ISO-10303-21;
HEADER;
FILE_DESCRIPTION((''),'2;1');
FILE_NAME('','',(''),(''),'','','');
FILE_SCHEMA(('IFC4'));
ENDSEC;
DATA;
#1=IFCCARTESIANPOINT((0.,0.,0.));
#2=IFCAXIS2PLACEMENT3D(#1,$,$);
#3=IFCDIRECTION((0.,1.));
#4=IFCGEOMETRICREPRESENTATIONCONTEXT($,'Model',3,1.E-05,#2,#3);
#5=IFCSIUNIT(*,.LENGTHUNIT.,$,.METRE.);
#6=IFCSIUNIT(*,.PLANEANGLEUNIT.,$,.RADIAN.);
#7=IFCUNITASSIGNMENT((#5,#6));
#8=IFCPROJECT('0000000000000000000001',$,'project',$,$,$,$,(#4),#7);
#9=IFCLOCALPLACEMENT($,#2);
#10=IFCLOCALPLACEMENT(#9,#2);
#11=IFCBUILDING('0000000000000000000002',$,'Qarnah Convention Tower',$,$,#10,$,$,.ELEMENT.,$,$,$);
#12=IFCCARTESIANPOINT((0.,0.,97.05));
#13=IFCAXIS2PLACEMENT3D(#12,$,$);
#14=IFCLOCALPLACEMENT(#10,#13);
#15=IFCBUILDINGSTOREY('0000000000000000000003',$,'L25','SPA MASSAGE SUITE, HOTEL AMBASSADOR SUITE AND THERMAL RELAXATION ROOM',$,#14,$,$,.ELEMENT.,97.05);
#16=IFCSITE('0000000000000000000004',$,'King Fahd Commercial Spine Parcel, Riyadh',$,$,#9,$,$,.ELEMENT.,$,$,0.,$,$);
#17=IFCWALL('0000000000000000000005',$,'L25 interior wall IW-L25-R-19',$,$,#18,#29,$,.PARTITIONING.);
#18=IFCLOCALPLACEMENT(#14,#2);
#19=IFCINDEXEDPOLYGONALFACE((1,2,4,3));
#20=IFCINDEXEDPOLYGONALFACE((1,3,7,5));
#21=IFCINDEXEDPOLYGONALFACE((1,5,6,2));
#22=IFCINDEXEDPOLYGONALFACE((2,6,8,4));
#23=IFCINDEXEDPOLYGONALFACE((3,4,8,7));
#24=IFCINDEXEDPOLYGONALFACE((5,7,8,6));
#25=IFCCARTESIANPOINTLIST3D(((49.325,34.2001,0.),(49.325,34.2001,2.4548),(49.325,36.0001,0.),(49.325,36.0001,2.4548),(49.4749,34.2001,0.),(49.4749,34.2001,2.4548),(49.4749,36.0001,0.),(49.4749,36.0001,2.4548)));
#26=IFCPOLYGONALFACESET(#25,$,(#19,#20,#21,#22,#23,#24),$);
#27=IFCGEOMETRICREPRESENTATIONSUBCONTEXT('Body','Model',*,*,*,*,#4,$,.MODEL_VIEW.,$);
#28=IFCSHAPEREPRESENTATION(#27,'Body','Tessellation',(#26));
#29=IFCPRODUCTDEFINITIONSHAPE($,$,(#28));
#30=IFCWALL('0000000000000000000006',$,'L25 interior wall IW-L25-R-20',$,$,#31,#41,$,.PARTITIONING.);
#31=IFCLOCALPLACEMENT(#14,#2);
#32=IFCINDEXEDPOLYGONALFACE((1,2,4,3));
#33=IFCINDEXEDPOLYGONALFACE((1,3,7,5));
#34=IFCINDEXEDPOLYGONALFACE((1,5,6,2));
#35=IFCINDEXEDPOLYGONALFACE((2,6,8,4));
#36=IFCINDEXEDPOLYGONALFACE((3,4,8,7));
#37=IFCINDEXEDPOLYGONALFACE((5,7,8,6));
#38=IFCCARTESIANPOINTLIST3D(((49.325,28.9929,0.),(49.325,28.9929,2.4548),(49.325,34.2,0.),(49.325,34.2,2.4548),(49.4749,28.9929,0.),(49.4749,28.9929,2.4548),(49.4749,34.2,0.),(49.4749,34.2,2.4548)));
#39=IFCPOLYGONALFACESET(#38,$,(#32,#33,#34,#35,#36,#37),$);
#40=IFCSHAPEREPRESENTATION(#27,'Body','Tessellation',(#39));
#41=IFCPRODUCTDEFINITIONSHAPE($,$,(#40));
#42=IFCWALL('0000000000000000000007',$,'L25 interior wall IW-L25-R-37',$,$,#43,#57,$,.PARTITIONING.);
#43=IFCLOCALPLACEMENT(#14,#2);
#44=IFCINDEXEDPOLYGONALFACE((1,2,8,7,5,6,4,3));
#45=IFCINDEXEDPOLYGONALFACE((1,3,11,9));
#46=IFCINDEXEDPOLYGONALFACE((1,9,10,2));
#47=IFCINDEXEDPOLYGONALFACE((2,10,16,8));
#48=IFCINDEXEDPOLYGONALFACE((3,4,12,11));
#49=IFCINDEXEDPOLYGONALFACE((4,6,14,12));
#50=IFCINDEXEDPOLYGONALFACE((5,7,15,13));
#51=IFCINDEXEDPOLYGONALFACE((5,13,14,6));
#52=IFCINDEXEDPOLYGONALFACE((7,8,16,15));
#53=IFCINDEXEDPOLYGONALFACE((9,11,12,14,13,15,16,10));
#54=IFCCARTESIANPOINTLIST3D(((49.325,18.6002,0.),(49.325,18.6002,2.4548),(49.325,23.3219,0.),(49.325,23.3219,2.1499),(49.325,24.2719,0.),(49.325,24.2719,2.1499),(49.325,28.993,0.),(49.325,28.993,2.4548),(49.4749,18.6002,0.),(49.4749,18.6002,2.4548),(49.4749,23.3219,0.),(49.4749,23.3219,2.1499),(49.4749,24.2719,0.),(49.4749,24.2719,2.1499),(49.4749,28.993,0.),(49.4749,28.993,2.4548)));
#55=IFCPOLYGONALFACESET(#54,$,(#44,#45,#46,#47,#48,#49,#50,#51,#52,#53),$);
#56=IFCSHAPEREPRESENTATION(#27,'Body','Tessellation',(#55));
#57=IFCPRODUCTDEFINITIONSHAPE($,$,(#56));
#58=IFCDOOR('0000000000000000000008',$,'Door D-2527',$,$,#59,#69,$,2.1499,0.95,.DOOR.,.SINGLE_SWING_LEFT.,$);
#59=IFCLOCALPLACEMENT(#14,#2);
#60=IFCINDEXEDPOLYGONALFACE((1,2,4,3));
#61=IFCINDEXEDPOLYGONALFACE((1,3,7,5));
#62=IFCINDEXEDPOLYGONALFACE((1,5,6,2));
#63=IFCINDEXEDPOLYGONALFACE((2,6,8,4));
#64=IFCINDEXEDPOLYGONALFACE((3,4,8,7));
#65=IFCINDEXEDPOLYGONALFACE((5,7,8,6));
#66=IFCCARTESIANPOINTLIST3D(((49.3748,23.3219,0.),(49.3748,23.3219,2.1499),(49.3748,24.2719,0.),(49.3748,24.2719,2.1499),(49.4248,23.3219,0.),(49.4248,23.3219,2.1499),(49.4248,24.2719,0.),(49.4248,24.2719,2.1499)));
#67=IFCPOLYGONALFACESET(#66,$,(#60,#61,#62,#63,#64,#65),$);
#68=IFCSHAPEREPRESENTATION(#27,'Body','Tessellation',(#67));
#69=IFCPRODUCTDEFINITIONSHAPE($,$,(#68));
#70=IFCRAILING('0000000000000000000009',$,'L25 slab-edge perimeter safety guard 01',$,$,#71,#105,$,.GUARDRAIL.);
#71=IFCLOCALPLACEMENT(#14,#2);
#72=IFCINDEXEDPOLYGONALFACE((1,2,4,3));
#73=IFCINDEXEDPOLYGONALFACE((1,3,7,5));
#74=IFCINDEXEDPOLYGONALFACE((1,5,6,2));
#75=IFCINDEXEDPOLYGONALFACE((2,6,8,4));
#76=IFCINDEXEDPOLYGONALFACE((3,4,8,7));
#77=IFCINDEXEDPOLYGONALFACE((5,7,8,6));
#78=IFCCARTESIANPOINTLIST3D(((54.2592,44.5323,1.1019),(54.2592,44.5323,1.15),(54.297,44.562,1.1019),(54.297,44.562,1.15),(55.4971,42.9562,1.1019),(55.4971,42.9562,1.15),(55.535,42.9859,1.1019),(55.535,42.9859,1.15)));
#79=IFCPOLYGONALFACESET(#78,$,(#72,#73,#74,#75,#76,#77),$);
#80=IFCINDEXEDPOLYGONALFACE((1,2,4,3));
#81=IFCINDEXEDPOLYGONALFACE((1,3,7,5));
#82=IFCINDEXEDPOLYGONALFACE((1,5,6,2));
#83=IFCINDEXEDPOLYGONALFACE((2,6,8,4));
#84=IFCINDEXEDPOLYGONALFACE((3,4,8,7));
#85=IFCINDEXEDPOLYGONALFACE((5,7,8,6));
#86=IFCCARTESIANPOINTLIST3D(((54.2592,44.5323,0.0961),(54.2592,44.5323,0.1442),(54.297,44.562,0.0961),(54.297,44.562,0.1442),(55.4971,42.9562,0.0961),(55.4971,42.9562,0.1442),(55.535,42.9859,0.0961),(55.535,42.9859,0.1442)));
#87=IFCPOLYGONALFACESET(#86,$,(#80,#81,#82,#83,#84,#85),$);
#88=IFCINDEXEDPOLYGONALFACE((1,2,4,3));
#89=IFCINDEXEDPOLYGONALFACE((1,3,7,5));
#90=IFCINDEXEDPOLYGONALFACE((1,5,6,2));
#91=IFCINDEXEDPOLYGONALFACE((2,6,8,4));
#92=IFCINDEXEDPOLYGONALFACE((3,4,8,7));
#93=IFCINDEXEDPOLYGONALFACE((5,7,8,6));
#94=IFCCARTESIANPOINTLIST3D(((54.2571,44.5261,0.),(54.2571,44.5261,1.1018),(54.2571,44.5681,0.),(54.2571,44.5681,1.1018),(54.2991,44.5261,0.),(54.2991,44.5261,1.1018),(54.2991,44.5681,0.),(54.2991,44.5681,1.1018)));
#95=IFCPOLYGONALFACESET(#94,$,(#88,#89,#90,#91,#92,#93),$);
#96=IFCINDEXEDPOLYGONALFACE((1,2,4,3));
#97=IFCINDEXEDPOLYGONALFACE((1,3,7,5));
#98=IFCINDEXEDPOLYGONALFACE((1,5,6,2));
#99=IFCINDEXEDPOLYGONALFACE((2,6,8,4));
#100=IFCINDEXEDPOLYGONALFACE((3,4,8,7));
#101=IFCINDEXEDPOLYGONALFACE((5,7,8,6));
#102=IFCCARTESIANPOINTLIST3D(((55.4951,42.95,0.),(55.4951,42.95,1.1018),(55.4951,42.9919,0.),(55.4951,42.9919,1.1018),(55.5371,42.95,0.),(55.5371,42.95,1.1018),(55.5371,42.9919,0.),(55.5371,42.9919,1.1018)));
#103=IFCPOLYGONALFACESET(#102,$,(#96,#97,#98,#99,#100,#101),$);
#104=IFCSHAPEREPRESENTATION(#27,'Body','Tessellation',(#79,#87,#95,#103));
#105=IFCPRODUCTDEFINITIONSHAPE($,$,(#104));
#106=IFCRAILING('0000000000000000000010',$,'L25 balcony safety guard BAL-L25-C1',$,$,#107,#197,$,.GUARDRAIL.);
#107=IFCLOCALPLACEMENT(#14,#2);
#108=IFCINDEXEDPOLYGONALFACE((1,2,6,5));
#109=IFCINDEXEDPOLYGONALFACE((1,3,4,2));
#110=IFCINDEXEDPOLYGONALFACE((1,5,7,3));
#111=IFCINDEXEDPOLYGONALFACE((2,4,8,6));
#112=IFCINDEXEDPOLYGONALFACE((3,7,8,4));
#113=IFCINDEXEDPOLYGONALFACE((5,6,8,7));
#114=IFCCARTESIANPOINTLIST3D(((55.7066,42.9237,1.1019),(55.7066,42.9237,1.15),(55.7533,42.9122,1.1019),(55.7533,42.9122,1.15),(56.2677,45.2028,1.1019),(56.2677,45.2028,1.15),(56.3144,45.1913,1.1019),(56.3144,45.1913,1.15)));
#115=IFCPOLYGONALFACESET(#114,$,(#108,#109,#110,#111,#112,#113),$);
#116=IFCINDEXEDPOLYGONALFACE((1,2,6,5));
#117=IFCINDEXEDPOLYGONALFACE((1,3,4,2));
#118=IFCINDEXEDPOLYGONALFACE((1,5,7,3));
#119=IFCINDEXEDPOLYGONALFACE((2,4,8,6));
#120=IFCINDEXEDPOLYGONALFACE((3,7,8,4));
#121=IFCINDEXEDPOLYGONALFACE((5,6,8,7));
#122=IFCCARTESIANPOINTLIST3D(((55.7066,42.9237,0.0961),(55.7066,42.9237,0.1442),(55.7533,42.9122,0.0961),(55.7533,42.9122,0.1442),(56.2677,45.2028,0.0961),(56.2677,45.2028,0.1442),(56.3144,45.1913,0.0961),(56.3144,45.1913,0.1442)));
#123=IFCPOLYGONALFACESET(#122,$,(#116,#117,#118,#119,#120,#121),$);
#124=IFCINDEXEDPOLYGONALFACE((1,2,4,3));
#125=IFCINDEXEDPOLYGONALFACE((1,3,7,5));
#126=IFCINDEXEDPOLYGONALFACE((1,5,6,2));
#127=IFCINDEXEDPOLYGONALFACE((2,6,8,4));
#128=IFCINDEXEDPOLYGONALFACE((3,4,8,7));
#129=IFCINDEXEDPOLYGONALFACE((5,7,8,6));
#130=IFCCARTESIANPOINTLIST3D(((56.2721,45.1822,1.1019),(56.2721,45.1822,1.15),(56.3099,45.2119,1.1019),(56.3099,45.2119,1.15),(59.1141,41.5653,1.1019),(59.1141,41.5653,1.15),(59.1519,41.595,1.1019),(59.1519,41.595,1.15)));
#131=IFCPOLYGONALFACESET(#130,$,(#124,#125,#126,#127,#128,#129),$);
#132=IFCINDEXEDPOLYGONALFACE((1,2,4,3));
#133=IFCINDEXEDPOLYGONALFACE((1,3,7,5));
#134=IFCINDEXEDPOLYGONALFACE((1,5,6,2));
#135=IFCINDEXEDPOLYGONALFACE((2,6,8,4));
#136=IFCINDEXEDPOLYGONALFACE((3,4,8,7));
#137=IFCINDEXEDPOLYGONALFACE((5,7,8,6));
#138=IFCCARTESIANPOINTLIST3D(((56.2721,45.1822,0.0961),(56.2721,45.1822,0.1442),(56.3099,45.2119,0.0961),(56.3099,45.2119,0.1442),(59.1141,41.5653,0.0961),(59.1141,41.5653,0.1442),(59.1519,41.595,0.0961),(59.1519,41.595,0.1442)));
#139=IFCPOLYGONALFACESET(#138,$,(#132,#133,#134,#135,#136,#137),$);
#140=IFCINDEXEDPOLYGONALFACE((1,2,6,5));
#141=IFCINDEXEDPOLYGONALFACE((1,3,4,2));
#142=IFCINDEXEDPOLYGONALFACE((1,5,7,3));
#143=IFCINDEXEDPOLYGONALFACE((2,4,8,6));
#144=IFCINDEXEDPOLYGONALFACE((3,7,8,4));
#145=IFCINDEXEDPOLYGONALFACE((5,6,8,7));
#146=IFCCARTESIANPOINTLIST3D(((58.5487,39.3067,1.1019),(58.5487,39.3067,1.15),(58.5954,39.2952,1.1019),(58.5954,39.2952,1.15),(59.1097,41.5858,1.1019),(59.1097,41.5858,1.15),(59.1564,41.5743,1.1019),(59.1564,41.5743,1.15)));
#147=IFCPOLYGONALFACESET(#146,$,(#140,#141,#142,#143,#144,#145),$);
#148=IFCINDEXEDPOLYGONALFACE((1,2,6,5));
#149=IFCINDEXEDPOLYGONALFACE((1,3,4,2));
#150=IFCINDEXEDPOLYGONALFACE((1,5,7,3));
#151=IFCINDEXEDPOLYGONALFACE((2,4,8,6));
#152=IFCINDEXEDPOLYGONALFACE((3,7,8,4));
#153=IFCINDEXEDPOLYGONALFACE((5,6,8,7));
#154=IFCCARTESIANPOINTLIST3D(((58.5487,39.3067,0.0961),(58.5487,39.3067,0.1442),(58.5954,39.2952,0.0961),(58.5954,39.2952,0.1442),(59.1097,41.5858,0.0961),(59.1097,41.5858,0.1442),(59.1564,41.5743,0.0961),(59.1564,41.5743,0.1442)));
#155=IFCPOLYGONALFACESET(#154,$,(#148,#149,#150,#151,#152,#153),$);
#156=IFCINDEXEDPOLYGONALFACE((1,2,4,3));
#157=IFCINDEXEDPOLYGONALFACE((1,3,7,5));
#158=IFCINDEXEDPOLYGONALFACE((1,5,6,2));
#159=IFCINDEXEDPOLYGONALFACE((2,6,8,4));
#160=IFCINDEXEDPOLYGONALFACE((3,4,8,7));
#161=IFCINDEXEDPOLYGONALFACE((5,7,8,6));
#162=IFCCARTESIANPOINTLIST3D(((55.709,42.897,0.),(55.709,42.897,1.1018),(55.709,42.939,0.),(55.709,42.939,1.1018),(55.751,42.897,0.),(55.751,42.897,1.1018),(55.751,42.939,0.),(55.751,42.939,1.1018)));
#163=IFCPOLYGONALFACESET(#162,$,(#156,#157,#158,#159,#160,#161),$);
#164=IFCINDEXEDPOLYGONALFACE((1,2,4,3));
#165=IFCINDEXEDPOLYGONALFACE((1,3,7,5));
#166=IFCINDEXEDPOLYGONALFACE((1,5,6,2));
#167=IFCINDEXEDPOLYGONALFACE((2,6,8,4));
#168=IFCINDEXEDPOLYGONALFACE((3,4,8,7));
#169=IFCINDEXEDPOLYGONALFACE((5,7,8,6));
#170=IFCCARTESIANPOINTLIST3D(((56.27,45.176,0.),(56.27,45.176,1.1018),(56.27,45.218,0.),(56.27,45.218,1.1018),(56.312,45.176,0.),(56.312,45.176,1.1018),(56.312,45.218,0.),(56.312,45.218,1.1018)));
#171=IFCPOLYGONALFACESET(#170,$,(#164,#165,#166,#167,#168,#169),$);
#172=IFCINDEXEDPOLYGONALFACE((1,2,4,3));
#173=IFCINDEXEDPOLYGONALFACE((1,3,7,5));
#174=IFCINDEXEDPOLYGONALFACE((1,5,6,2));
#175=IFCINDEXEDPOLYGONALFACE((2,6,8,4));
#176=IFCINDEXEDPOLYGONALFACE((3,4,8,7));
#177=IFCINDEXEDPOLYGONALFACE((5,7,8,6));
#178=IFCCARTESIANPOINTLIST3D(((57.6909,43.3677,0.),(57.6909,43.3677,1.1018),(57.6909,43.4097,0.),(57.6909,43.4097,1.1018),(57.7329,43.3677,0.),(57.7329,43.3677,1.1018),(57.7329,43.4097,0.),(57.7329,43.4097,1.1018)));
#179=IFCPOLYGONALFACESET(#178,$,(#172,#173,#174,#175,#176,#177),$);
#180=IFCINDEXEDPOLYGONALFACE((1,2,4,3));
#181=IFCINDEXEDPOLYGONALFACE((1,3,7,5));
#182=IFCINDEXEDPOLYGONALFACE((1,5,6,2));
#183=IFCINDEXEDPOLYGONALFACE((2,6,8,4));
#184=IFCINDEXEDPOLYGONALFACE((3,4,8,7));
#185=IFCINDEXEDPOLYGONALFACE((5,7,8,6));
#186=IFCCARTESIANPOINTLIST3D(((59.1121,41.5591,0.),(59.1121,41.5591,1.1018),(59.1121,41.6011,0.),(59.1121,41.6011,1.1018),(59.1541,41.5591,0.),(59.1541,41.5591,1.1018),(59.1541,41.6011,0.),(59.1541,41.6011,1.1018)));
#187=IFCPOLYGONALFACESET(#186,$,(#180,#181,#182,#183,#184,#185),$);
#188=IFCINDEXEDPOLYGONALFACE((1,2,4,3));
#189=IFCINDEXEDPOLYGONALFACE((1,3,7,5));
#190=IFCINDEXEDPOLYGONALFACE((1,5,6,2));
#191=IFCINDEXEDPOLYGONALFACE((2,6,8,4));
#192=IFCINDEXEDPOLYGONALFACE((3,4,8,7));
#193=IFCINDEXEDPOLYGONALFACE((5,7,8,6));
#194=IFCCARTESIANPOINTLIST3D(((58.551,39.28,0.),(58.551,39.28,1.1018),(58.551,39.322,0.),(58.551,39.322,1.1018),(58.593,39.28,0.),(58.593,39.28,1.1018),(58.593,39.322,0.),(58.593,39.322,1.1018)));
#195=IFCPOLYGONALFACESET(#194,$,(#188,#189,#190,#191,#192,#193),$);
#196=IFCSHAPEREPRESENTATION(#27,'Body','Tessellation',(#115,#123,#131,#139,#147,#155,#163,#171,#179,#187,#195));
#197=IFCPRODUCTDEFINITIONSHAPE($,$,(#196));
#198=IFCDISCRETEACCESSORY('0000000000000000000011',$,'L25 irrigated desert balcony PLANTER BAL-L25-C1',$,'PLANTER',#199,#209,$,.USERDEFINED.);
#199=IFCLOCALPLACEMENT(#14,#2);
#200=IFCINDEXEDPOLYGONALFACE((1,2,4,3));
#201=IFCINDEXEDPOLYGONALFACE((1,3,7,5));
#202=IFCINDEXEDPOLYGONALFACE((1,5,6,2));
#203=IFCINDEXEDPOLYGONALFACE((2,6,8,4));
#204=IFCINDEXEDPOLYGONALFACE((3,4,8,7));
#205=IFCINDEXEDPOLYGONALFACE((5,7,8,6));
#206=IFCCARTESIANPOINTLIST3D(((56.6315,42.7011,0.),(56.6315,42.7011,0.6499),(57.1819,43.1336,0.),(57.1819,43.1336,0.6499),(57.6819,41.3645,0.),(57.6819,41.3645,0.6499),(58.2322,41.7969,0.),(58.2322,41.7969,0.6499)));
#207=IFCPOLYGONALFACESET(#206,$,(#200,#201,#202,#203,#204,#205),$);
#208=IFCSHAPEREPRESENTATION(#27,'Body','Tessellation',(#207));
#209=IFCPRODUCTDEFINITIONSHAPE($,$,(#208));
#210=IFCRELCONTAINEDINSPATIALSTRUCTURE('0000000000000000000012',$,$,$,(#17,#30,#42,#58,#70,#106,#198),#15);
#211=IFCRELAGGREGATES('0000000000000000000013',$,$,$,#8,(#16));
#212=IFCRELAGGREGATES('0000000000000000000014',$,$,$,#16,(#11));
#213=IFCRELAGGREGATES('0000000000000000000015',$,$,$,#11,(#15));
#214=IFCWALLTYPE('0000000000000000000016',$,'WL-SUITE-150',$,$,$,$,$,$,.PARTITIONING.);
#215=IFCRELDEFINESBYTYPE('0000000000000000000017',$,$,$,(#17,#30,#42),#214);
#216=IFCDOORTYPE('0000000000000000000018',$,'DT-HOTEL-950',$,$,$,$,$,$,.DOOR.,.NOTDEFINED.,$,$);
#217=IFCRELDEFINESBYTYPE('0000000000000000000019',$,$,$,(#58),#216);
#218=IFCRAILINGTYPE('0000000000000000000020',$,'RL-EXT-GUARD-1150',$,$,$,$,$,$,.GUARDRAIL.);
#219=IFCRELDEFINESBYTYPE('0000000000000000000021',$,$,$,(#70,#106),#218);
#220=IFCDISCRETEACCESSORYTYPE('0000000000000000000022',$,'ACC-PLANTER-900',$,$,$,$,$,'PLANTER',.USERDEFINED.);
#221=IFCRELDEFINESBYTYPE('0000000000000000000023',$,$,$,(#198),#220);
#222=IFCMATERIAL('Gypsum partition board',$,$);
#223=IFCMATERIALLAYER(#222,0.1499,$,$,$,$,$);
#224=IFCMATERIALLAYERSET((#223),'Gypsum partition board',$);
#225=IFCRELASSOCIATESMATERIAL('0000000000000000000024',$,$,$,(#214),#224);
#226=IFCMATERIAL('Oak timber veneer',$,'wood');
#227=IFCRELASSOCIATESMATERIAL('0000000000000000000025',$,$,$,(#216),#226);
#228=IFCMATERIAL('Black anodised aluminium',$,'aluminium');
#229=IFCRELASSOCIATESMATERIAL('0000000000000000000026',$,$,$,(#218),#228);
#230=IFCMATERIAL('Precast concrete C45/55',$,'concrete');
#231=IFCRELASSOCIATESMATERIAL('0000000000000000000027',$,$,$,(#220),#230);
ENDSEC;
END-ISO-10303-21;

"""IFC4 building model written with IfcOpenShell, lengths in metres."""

from ifc_helpers import new_model, si_unit, direction, frame, frame_2d, origin, origin_2d, place, context, subcontext, project, spatial, rectangle, extrude, material, layer, layer_set, type_object, element, fill, save


model = new_model("IFC4")

# Units and contexts
model_context = context("Model", 3, precision=1e-05, world=origin(), true_north=direction((0.0, 1.0)))
body_context = subcontext(model_context, "Body", "Model", "MODEL_VIEW")
ifc_project = project(units=[si_unit("LENGTHUNIT", "METRE"), si_unit("PLANEANGLEUNIT", "RADIAN")], contexts=[model_context])

# Site, building, storey
site_placement = place(None, origin())
site = spatial("IfcSite", under=ifc_project, at=site_placement, Name="King Fahd Commercial Spine Parcel, Riyadh", CompositionType="ELEMENT", RefElevation=0.0)
building_placement = place(site_placement, origin())
building = spatial("IfcBuilding", under=site, at=building_placement, Name="Qarnah Convention Tower", CompositionType="ELEMENT")
storey_placement = place(building_placement, frame((0.0, 0.0, 97.05)))
storey = spatial("IfcBuildingStorey", under=building, at=storey_placement, Name="L25", Description="SPA MASSAGE SUITE, HOTEL AMBASSADOR SUITE AND THERMAL RELAXATION ROOM", CompositionType="ELEMENT", Elevation=97.05)

# Shared definitions
ifc_material_1 = material(Name="Black anodised aluminium", Category="aluminium")

# Shared definitions
ifc_material_2 = material(Name="Precast concrete C45/55", Category="concrete")

# Shared definitions
ifc_material_3 = material(Name="Gypsum partition board")
ifc_layer_1 = layer(ifc_material_3, 0.1499)
ifc_layer_set_1 = layer_set([ifc_layer_1], Name="Gypsum partition board")
wall_type_1 = type_object("IfcWallType", Name="WL-SUITE-150", PredefinedType="PARTITIONING", material=ifc_layer_set_1)

# Walls
wall_1_placement = place(storey_placement, frame((49.3999, 36.0, 0.0), z_axis=(0.0, 0.0, 1.0), x_axis=(0.0, -1.0, 0.0)))
element("IfcWall", 1, at=wall_1_placement, inside=storey, type_object=wall_type_1, Name="L25 interior wall IW-L25-R-19", PredefinedType="PARTITIONING", context=body_context, shape_type="SweptSolid", body=[
    extrude(rectangle(XDim=1.8, YDim=0.1499, at=frame_2d((0.8999, 0.0))), origin(), (0.0, 0.0, 1.0), 2.4548),
])
wall_2_placement = place(storey_placement, frame((49.3999, 34.2, 0.0), z_axis=(0.0, 0.0, 1.0), x_axis=(0.0, -1.0, 0.0)))
element("IfcWall", 2, at=wall_2_placement, inside=storey, type_object=wall_type_1, Name="L25 interior wall IW-L25-R-20", PredefinedType="PARTITIONING", context=body_context, shape_type="SweptSolid", body=[
    extrude(rectangle(XDim=5.207, YDim=0.1499, at=frame_2d((2.6035, 0.0))), origin(), (0.0, 0.0, 1.0), 2.4548),
])

# Wall, opening, door
wall_3_placement = place(storey_placement, frame((49.3999, 28.9929, 0.0), z_axis=(0.0, 0.0, 1.0), x_axis=(0.0, -1.0, 0.0)))
wall_3 = element("IfcWall", 3, at=wall_3_placement, inside=storey, type_object=wall_type_1, Name="L25 interior wall IW-L25-R-37", PredefinedType="PARTITIONING", context=body_context, shape_type="SweptSolid", body=[
    extrude(rectangle(XDim=10.3928, YDim=0.1499, at=frame_2d((5.1963, 0.0))), origin(), (0.0, 0.0, 1.0), 2.4548),
])
opening_1_placement = place(wall_3_placement, frame((4.7209, 0.0, 0.0)))
opening_1 = element("IfcOpeningElement", 4, at=opening_1_placement, cuts=wall_3, PredefinedType="OPENING", context=body_context, shape_type="SweptSolid", body=[
    extrude(rectangle(XDim=0.95, YDim=2.1499, at=frame_2d((0.4751, 1.075))), frame((0.0, 0.085, 0.0), z_axis=(0.0, -1.0, 0.0), x_axis=(1.0, 0.0, 0.0)), (0.0, 0.0, 1.0), 0.1699),
])
ifc_material_4 = material(Name="Oak timber veneer", Category="wood")
door_type_1 = type_object("IfcDoorType", Name="DT-HOTEL-950", OperationType="NOTDEFINED", PredefinedType="DOOR", material=ifc_material_4)
door_1_placement = place(opening_1_placement, origin())
door_1 = element("IfcDoor", 5, at=door_1_placement, inside=storey, type_object=door_type_1, Name="Door D-2527", OperationType="SINGLE_SWING_LEFT", OverallHeight=2.1499, OverallWidth=0.95, PredefinedType="DOOR", context=body_context, shape_type="SweptSolid", body=[
    extrude(rectangle(XDim=0.95, YDim=2.1499, at=frame_2d((0.4751, 1.075))), frame((0.0, 0.0249, 0.0), z_axis=(0.0, -1.0, 0.0), x_axis=(1.0, 0.0, 0.0)), (0.0, 0.0, 1.0), 0.05),
])
fill(opening_1, door_1)

# Railings
railing_type = type_object("IfcRailingType", Name="RL-EXT-GUARD-1150", PredefinedType="GUARDRAIL", material=ifc_material_1)
railing_1_placement = place(storey_placement, frame((54.2781, 44.5471, 0.0)))
element("IfcRailing", 6, at=railing_1_placement, inside=storey, type_object=railing_type, Name="L25 slab-edge perimeter safety guard 01", PredefinedType="GUARDRAIL", context=body_context, shape_type="SweptSolid", body=[
    extrude(rectangle(XDim=0.0481, YDim=0.0481, at=origin_2d()), frame((0.0, 0.0, 1.126), z_axis=(0.617703, -0.786411, 0.0), x_axis=(0.786411, 0.617703, 0.0)), (0.0, 0.0, 1.0), 2.0042),
    extrude(rectangle(XDim=0.0481, YDim=0.0481, at=origin_2d()), frame((0.0, 0.0, 0.1201), z_axis=(0.617703, -0.786411, 0.0), x_axis=(0.786411, 0.617703, 0.0)), (0.0, 0.0, 1.0), 2.0042),
    extrude(rectangle(XDim=0.042, YDim=0.042, at=origin_2d()), origin(), (0.0, 0.0, 1.0), 1.1018),
    extrude(rectangle(XDim=0.042, YDim=0.042, at=origin_2d()), frame((1.238, -1.5762, 0.0)), (0.0, 0.0, 1.0), 1.1018),
])
railing_2_placement = place(storey_placement, frame((55.73, 42.918, 0.0)))
element("IfcRailing", 7, at=railing_2_placement, inside=storey, type_object=railing_type, Name="L25 balcony safety guard BAL-L25-C1", PredefinedType="GUARDRAIL", context=body_context, shape_type="SweptSolid", body=[
    extrude(rectangle(XDim=0.0481, YDim=0.0481, at=origin_2d()), frame((0.0, 0.0, 1.126), z_axis=(0.239034, 0.971011, 0.0), x_axis=(-0.971011, 0.239034, 0.0)), (0.0, 0.0, 1.0), 2.3472),
    extrude(rectangle(XDim=0.0481, YDim=0.0481, at=origin_2d()), frame((0.0, 0.0, 0.1201), z_axis=(0.239034, 0.971011, 0.0), x_axis=(-0.971011, 0.239034, 0.0)), (0.0, 0.0, 1.0), 2.3472),
    extrude(rectangle(XDim=0.0481, YDim=0.0481, at=origin_2d()), frame((0.561, 2.2791, 1.126), z_axis=(0.617843, -0.786302, 0.0), x_axis=(0.786302, 0.617843, 0.0)), (0.0, 0.0, 1.0), 4.5999),
    extrude(rectangle(XDim=0.0481, YDim=0.0481, at=origin_2d()), frame((0.561, 2.2791, 0.1201), z_axis=(0.617843, -0.786302, 0.0), x_axis=(0.786302, 0.617843, 0.0)), (0.0, 0.0, 1.0), 4.5999),
    extrude(rectangle(XDim=0.0481, YDim=0.0481, at=origin_2d()), frame((3.4031, -1.3379, 1.126), z_axis=(-0.239034, -0.971011, 0.0), x_axis=(0.971011, -0.239034, 0.0)), (0.0, 0.0, 1.0), 2.3472),
    extrude(rectangle(XDim=0.0481, YDim=0.0481, at=origin_2d()), frame((3.4031, -1.3379, 0.1201), z_axis=(-0.239034, -0.971011, 0.0), x_axis=(0.971011, -0.239034, 0.0)), (0.0, 0.0, 1.0), 2.3472),
    extrude(rectangle(XDim=0.042, YDim=0.042, at=origin_2d()), origin(), (0.0, 0.0, 1.0), 1.1018),
    extrude(rectangle(XDim=0.042, YDim=0.042, at=origin_2d()), frame((0.561, 2.2791, 0.0)), (0.0, 0.0, 1.0), 1.1018),
    extrude(rectangle(XDim=0.042, YDim=0.042, at=origin_2d()), frame((1.9819, 0.4707, 0.0)), (0.0, 0.0, 1.0), 1.1018),
    extrude(rectangle(XDim=0.042, YDim=0.042, at=origin_2d()), frame((3.4031, -1.3379, 0.0)), (0.0, 0.0, 1.0), 1.1018),
    extrude(rectangle(XDim=0.042, YDim=0.042, at=origin_2d()), frame((2.842, -3.6169, 0.0)), (0.0, 0.0, 1.0), 1.1018),
])

# Discrete accessory
discrete_accessory_type = type_object("IfcDiscreteAccessoryType", Name="ACC-PLANTER-900", ElementType="PLANTER", PredefinedType="USERDEFINED", material=ifc_material_2)
discrete_accessory_placement = place(storey_placement, frame((57.4319, 42.249, 0.0), z_axis=(0.0, 0.0, 1.0), x_axis=(-0.61786, 0.786288, 0.0)))
element("IfcDiscreteAccessory", 8, at=discrete_accessory_placement, inside=storey, type_object=discrete_accessory_type, Name="L25 irrigated desert balcony PLANTER BAL-L25-C1", ObjectType="PLANTER", PredefinedType="USERDEFINED", context=body_context, shape_type="SweptSolid", body=[
    extrude(rectangle(XDim=1.7, YDim=0.7, at=origin_2d()), origin(), (0.0, 0.0, 1.0), 0.6499),
])

save(model, "model.ifc")
